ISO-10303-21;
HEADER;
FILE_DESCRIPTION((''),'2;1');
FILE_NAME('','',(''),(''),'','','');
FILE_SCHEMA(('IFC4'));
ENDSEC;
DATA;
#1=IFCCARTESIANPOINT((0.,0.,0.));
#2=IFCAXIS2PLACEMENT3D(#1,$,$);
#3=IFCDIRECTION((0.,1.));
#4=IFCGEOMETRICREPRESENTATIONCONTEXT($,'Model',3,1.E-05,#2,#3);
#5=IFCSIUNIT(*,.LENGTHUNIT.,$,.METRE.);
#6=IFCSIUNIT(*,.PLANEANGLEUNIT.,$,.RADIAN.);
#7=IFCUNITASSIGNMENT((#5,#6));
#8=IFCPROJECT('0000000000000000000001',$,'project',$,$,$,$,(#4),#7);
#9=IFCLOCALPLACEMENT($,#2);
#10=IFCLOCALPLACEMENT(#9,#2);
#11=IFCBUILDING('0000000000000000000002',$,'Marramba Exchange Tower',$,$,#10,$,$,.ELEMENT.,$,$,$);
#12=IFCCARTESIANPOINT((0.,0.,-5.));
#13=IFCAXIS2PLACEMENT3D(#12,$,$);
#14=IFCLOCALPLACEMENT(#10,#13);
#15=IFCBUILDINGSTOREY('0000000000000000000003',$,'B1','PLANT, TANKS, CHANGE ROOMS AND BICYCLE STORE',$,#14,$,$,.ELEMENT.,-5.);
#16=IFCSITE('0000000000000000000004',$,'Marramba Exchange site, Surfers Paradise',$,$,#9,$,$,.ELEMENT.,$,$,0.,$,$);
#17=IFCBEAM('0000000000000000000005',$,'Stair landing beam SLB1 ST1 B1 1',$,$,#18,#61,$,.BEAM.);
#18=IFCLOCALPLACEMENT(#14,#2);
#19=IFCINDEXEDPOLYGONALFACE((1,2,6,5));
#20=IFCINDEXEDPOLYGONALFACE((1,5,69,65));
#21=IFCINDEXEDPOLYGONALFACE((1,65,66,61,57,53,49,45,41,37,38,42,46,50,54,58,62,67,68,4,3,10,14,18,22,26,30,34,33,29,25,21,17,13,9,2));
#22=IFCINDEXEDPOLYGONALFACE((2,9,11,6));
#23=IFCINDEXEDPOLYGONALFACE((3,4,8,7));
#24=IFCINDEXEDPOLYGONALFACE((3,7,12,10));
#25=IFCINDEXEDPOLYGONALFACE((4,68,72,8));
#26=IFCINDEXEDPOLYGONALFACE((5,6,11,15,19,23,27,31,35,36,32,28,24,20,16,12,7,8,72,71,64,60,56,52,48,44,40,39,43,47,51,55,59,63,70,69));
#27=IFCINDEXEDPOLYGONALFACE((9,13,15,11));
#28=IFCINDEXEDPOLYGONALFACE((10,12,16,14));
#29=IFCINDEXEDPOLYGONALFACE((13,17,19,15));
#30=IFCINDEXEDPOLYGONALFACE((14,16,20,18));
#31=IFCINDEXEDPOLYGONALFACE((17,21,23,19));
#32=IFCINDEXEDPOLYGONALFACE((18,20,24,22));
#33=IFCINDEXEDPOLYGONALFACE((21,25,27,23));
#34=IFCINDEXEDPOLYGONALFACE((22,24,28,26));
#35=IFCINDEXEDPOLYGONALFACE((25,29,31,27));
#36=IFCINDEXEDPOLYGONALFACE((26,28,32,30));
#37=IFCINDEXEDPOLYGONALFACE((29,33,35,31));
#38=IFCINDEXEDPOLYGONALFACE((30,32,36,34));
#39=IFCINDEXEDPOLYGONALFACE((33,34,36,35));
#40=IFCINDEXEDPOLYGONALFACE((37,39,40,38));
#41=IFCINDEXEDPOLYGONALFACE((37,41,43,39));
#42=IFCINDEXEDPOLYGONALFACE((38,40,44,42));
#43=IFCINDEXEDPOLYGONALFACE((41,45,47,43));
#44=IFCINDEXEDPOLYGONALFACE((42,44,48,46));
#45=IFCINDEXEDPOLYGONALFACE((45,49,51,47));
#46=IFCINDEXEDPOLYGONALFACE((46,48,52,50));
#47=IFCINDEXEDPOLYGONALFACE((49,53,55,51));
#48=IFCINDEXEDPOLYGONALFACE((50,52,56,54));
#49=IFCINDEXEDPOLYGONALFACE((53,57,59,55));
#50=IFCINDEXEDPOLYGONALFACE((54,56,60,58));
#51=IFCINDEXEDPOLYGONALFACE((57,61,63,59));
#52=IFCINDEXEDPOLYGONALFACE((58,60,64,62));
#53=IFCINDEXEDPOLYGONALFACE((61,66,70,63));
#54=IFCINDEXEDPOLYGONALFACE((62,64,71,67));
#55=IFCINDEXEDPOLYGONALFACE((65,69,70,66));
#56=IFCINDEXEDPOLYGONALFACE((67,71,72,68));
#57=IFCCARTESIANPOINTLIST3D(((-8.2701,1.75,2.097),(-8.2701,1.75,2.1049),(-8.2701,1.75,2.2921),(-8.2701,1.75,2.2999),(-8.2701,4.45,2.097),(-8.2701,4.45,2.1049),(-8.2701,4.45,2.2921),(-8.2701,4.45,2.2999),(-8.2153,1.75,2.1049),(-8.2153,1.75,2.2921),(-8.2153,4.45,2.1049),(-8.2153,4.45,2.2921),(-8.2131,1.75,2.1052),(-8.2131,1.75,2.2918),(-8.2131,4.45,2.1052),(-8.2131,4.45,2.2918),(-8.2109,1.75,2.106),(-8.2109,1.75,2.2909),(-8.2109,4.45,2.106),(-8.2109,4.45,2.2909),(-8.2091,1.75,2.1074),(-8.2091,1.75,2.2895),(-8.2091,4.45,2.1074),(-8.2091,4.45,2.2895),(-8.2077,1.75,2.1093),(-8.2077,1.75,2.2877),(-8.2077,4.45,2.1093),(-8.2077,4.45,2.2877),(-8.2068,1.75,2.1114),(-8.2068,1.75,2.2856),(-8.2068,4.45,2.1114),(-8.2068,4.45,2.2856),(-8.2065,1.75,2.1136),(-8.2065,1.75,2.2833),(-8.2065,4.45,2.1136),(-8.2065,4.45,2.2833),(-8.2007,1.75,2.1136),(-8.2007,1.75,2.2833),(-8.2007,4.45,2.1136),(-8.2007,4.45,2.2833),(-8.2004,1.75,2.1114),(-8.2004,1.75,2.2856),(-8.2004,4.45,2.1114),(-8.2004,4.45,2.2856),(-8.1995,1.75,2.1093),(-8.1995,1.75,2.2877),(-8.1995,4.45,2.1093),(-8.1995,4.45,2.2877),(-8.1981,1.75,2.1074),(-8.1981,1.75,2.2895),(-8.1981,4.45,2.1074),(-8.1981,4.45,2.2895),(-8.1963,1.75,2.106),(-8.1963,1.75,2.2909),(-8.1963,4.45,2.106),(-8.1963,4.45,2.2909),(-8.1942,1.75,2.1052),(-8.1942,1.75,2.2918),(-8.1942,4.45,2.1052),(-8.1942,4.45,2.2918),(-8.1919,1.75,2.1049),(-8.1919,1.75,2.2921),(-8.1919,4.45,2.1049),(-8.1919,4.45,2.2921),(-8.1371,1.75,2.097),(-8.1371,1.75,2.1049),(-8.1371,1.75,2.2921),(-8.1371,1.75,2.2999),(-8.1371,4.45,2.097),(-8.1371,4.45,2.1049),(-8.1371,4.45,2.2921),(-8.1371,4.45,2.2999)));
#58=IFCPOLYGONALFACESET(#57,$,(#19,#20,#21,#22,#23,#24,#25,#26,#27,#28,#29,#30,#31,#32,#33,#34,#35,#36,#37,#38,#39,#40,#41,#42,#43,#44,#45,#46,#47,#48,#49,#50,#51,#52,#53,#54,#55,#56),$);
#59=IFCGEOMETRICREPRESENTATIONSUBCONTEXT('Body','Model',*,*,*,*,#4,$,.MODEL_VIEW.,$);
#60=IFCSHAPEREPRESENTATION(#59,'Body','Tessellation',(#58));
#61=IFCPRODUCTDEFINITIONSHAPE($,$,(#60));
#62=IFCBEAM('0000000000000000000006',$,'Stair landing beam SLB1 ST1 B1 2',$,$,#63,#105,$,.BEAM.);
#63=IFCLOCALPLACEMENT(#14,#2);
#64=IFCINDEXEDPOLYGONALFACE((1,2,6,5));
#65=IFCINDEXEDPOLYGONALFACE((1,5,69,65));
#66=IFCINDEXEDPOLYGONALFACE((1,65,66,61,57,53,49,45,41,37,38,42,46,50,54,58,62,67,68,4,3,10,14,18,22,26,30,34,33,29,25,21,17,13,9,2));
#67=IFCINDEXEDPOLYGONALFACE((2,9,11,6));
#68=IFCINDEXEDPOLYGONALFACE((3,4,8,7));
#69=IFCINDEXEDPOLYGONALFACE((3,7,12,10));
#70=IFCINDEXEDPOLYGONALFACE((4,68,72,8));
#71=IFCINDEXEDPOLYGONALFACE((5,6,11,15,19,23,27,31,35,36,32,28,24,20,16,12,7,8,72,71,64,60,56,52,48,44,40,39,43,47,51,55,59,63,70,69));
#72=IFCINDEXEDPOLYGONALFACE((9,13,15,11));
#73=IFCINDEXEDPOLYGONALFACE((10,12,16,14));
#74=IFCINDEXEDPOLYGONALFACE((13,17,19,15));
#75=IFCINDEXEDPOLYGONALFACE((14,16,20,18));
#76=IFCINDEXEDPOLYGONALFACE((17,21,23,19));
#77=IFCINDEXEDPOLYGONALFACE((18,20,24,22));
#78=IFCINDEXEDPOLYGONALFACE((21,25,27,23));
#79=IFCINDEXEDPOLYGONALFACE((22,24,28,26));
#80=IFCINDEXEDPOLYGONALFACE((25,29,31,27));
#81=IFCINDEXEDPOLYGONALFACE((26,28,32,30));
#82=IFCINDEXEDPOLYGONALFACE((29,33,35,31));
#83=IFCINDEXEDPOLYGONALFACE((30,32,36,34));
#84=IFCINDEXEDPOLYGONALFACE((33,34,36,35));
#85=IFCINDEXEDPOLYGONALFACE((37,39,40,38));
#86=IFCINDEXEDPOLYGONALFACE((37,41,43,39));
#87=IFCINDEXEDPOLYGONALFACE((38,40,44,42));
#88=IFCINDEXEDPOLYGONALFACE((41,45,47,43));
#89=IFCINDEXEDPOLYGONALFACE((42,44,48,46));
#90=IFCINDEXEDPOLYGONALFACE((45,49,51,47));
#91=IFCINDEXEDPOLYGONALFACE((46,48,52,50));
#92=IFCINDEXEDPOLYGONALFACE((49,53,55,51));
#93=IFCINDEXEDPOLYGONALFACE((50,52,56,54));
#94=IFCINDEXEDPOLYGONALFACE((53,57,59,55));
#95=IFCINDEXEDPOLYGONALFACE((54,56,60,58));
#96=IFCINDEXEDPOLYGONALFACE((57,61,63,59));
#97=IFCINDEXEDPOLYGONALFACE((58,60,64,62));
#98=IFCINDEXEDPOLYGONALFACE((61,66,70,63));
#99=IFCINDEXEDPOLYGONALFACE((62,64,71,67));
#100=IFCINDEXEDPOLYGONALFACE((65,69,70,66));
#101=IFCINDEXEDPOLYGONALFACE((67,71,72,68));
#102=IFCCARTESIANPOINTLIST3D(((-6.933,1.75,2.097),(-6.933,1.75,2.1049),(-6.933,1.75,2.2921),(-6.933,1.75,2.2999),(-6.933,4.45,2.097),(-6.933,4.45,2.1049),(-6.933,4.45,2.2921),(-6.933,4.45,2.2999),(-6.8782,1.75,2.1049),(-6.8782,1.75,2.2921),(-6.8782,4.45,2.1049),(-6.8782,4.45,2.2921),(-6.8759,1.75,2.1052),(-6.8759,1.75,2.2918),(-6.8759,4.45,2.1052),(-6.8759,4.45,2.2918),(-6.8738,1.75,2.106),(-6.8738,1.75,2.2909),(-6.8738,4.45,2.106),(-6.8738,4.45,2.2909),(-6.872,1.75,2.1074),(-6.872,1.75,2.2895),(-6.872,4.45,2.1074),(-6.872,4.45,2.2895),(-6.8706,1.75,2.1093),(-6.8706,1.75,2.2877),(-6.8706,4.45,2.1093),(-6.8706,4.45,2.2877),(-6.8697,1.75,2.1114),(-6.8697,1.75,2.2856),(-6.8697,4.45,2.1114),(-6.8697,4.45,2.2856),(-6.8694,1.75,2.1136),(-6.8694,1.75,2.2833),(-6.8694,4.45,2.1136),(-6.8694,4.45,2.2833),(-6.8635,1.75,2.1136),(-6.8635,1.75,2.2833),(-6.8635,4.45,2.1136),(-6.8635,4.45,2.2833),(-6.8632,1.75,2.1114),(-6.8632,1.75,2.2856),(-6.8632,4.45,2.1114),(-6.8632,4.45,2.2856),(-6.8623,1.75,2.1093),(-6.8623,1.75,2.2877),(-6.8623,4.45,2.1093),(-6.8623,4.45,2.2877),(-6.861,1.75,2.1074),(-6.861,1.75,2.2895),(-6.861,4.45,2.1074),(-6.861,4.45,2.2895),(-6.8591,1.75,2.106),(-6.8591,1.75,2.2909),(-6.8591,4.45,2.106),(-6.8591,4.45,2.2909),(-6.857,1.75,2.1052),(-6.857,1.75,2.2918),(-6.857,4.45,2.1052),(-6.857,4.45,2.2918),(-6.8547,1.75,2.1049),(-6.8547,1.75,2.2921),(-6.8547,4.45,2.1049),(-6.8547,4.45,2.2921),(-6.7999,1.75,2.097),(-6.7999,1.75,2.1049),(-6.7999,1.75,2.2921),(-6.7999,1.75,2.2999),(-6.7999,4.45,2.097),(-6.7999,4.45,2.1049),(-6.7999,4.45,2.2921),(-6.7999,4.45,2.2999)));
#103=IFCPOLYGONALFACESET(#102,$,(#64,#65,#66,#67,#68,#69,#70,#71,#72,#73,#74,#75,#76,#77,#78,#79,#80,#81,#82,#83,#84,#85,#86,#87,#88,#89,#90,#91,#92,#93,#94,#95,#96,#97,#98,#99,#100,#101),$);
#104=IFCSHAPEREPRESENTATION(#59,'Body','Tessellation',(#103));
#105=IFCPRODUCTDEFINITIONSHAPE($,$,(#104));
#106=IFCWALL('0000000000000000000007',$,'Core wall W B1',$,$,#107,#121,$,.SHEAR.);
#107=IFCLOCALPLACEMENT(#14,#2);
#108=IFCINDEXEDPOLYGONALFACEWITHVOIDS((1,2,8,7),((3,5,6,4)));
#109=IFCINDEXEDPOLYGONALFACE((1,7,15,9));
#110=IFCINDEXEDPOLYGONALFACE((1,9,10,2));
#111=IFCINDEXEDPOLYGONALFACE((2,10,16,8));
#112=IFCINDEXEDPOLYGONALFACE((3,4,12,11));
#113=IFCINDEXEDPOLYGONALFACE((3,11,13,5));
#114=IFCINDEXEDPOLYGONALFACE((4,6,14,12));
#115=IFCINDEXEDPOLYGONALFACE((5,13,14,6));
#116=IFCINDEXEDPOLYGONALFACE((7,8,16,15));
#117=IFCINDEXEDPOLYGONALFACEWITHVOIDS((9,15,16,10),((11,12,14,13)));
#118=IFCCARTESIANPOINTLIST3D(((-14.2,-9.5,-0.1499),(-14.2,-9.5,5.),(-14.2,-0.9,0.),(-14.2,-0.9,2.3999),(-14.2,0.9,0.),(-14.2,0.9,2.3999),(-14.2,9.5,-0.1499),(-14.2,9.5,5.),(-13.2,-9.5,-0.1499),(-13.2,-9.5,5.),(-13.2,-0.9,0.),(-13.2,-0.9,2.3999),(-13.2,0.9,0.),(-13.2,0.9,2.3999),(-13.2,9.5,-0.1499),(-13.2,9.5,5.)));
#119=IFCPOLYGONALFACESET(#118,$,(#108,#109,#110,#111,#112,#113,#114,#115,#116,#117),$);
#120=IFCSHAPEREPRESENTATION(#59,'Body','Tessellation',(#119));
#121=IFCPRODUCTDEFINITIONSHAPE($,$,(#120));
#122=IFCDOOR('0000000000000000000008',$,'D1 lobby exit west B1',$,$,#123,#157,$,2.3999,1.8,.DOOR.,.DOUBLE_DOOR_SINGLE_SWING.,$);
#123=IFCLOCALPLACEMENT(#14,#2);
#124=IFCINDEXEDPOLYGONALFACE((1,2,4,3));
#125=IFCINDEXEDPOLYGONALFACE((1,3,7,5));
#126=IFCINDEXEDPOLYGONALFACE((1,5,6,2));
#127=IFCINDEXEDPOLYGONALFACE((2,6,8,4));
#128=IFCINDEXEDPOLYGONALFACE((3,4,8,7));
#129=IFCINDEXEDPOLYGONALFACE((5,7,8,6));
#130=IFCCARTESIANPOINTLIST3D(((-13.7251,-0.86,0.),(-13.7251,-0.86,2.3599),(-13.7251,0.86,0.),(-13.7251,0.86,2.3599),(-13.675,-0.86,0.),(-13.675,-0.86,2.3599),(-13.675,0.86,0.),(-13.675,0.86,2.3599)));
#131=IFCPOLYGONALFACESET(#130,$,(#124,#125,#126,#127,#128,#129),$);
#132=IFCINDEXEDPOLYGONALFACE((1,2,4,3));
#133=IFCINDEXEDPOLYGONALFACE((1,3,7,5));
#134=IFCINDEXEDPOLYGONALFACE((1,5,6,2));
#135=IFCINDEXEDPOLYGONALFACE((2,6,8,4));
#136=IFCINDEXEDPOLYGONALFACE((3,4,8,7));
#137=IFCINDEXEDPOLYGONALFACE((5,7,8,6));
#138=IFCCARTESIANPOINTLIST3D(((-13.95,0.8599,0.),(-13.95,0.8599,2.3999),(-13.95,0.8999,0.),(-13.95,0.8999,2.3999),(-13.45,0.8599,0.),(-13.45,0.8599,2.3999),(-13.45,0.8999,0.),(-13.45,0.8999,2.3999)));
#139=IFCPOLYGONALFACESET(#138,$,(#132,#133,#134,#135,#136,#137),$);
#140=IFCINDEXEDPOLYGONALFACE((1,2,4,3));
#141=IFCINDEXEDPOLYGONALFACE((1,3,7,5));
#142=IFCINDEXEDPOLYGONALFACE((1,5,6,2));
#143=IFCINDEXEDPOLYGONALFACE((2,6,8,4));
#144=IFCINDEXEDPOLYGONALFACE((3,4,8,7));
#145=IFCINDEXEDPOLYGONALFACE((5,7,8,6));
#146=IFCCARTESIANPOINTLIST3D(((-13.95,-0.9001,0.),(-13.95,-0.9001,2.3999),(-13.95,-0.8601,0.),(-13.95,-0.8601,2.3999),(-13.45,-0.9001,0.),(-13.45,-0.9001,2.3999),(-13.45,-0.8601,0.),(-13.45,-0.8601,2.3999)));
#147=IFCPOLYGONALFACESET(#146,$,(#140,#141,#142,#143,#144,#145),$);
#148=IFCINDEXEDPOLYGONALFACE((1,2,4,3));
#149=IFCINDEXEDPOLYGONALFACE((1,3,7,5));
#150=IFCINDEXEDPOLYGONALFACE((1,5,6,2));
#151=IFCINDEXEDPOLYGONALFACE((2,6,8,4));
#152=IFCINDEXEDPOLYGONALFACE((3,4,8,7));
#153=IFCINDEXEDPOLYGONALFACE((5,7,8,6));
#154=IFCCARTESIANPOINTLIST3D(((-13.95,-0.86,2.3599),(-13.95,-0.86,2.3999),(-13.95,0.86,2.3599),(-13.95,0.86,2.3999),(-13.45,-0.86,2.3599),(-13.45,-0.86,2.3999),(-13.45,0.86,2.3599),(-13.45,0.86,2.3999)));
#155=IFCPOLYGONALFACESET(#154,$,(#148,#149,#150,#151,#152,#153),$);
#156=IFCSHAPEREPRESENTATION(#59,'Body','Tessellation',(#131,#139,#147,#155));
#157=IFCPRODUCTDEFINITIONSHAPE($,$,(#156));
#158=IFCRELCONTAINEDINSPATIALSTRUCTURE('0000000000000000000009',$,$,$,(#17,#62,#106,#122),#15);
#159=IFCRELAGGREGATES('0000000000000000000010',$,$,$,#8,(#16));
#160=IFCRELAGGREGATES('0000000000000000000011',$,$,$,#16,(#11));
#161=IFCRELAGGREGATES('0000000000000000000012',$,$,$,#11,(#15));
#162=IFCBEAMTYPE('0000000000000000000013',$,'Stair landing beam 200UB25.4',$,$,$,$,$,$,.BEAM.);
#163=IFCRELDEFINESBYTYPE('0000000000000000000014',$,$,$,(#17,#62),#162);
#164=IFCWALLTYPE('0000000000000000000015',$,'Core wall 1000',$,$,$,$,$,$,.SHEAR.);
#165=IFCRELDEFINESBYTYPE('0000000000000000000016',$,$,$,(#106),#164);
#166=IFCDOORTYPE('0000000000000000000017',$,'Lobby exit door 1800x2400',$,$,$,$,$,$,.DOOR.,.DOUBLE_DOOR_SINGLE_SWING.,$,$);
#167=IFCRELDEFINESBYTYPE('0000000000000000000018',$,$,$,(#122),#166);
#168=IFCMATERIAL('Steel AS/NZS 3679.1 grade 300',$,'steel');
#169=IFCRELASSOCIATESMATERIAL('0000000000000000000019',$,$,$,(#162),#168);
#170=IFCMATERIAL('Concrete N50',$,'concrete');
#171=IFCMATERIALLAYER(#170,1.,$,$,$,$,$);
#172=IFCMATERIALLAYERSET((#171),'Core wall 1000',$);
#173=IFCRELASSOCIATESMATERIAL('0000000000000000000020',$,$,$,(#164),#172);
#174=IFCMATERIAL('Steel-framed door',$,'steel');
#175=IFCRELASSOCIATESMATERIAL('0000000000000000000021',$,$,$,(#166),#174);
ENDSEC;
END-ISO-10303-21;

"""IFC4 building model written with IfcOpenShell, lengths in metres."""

from ifc_helpers import new_model, si_unit, direction, frame, frame_2d, origin, origin_2d, place, context, subcontext, project, spatial, rectangle, i_section, extrude, material, layer, layer_set, material_profile, profile_set, type_object, element, fill, save


model = new_model("IFC4")

# Units and contexts
model_context = context("Model", 3, precision=1e-05, world=origin(), true_north=direction((0.0, 1.0)))
body_context = subcontext(model_context, "Body", "Model", "MODEL_VIEW")
ifc_project = project(units=[si_unit("LENGTHUNIT", "METRE"), si_unit("PLANEANGLEUNIT", "RADIAN")], contexts=[model_context])

# Site, building, storey
site_placement = place(None, origin())
site = spatial("IfcSite", under=ifc_project, at=site_placement, Name="Marramba Exchange site, Surfers Paradise", CompositionType="ELEMENT", RefElevation=0.0)
building_placement = place(site_placement, origin())
building = spatial("IfcBuilding", under=site, at=building_placement, Name="Marramba Exchange Tower", CompositionType="ELEMENT")
storey_placement = place(building_placement, frame((0.0, 0.0, -5.0)))
storey = spatial("IfcBuildingStorey", under=building, at=storey_placement, Name="B1", Description="PLANT, TANKS, CHANGE ROOMS AND BICYCLE STORE", CompositionType="ELEMENT", Elevation=-5.0)

# Shared definitions
ifc_material_1 = material(Name="Concrete N50", Category="concrete")

# Beams
ifc_material_2 = material(Name="Steel AS/NZS 3679.1 grade 300", Category="steel")
ifc_material_profile_1 = material_profile(ifc_material_2, i_section(OverallWidth=0.1331, OverallDepth=0.2029, WebThickness=0.0059, FlangeThickness=0.0078, FilletRadius=0.0088, at=origin_2d()), Name="200UB25.4")
ifc_profile_set_1 = profile_set([ifc_material_profile_1], Name="Steel AS/NZS 3679.1 grade 300")
beam_type = type_object("IfcBeamType", Name="Stair landing beam 200UB25.4", PredefinedType="BEAM", material=ifc_profile_set_1)
for number, where, z_axis, x_axis, name in (
    (1, (-8.2036, 1.75, 2.1985), (0.0, 1.0, 0.0), (-1.0, 0.0, 0.0), "Stair landing beam SLB1 ST1 B1 1"),
    (2, (-6.8665, 1.75, 2.1985), (0.0, 1.0, 0.0), (-1.0, 0.0, 0.0), "Stair landing beam SLB1 ST1 B1 2"),
):
    element("IfcBeam", number, at=place(storey_placement, frame(where, z_axis=z_axis, x_axis=x_axis)), inside=storey, type_object=beam_type, Name=name, PredefinedType="BEAM", context=body_context, shape_type="SweptSolid", body=[
        extrude(i_section(OverallWidth=0.1331, OverallDepth=0.2029, WebThickness=0.0059, FlangeThickness=0.0078, FilletRadius=0.0088, at=origin_2d()), origin(), (0.0, 0.0, 1.0), 2.7),
    ])

# Wall, opening, door
ifc_layer_1 = layer(ifc_material_1, 1.0)
ifc_layer_set_1 = layer_set([ifc_layer_1], Name="Core wall 1000")
wall_type_1 = type_object("IfcWallType", Name="Core wall 1000", PredefinedType="SHEAR", material=ifc_layer_set_1)
wall_1_placement = place(storey_placement, frame((-13.7, 9.5, -0.1499), z_axis=(0.0, 0.0, 1.0), x_axis=(0.0, -1.0, 0.0)))
wall_1 = element("IfcWall", 3, at=wall_1_placement, inside=storey, type_object=wall_type_1, Name="Core wall W B1", PredefinedType="SHEAR", context=body_context, shape_type="SweptSolid", body=[
    extrude(rectangle(XDim=19.0, YDim=1.0, at=frame_2d((9.5, 0.0))), origin(), (0.0, 0.0, 1.0), 5.1499),
])
opening_1_placement = place(wall_1_placement, frame((8.6001, 0.0, 0.1499)))
opening_1 = element("IfcOpeningElement", 4, at=opening_1_placement, cuts=wall_1, PredefinedType="OPENING", context=body_context, shape_type="SweptSolid", body=[
    extrude(rectangle(XDim=1.8, YDim=2.3999, at=frame_2d((0.8999, 1.2))), frame((0.0, 0.51, 0.0), z_axis=(0.0, -1.0, 0.0), x_axis=(1.0, 0.0, 0.0)), (0.0, 0.0, 1.0), 1.02),
])
ifc_material_3 = material(Name="Steel-framed door", Category="steel")
door_type_1 = type_object("IfcDoorType", Name="Lobby exit door 1800x2400", OperationType="DOUBLE_DOOR_SINGLE_SWING", PredefinedType="DOOR", material=ifc_material_3)
door_1_placement = place(opening_1_placement, origin())
door_1 = element("IfcDoor", 5, at=door_1_placement, inside=storey, type_object=door_type_1, Name="D1 lobby exit west B1", OperationType="DOUBLE_DOOR_SINGLE_SWING", OverallHeight=2.3999, OverallWidth=1.8, PredefinedType="DOOR", context=body_context, shape_type="SweptSolid", body=[
    extrude(rectangle(XDim=1.72, YDim=2.3599, at=frame_2d((0.8999, 1.1799))), frame((0.0, 0.0249, 0.0), z_axis=(0.0, -1.0, 0.0), x_axis=(1.0, 0.0, 0.0)), (0.0, 0.0, 1.0), 0.05),
    extrude(rectangle(XDim=0.04, YDim=2.3999, at=frame_2d((0.02, 1.2))), frame((0.0, 0.25, 0.0), z_axis=(0.0, -1.0, 0.0), x_axis=(1.0, 0.0, 0.0)), (0.0, 0.0, 1.0), 0.5),
    extrude(rectangle(XDim=0.04, YDim=2.3999, at=frame_2d((1.78, 1.2))), frame((0.0, 0.25, 0.0), z_axis=(0.0, -1.0, 0.0), x_axis=(1.0, 0.0, 0.0)), (0.0, 0.0, 1.0), 0.5),
    extrude(rectangle(XDim=1.72, YDim=0.04, at=frame_2d((0.8999, 2.3799))), frame((0.0, 0.25, 0.0), z_axis=(0.0, -1.0, 0.0), x_axis=(1.0, 0.0, 0.0)), (0.0, 0.0, 1.0), 0.5),
])
fill(opening_1, door_1)

save(model, "model.ifc")
